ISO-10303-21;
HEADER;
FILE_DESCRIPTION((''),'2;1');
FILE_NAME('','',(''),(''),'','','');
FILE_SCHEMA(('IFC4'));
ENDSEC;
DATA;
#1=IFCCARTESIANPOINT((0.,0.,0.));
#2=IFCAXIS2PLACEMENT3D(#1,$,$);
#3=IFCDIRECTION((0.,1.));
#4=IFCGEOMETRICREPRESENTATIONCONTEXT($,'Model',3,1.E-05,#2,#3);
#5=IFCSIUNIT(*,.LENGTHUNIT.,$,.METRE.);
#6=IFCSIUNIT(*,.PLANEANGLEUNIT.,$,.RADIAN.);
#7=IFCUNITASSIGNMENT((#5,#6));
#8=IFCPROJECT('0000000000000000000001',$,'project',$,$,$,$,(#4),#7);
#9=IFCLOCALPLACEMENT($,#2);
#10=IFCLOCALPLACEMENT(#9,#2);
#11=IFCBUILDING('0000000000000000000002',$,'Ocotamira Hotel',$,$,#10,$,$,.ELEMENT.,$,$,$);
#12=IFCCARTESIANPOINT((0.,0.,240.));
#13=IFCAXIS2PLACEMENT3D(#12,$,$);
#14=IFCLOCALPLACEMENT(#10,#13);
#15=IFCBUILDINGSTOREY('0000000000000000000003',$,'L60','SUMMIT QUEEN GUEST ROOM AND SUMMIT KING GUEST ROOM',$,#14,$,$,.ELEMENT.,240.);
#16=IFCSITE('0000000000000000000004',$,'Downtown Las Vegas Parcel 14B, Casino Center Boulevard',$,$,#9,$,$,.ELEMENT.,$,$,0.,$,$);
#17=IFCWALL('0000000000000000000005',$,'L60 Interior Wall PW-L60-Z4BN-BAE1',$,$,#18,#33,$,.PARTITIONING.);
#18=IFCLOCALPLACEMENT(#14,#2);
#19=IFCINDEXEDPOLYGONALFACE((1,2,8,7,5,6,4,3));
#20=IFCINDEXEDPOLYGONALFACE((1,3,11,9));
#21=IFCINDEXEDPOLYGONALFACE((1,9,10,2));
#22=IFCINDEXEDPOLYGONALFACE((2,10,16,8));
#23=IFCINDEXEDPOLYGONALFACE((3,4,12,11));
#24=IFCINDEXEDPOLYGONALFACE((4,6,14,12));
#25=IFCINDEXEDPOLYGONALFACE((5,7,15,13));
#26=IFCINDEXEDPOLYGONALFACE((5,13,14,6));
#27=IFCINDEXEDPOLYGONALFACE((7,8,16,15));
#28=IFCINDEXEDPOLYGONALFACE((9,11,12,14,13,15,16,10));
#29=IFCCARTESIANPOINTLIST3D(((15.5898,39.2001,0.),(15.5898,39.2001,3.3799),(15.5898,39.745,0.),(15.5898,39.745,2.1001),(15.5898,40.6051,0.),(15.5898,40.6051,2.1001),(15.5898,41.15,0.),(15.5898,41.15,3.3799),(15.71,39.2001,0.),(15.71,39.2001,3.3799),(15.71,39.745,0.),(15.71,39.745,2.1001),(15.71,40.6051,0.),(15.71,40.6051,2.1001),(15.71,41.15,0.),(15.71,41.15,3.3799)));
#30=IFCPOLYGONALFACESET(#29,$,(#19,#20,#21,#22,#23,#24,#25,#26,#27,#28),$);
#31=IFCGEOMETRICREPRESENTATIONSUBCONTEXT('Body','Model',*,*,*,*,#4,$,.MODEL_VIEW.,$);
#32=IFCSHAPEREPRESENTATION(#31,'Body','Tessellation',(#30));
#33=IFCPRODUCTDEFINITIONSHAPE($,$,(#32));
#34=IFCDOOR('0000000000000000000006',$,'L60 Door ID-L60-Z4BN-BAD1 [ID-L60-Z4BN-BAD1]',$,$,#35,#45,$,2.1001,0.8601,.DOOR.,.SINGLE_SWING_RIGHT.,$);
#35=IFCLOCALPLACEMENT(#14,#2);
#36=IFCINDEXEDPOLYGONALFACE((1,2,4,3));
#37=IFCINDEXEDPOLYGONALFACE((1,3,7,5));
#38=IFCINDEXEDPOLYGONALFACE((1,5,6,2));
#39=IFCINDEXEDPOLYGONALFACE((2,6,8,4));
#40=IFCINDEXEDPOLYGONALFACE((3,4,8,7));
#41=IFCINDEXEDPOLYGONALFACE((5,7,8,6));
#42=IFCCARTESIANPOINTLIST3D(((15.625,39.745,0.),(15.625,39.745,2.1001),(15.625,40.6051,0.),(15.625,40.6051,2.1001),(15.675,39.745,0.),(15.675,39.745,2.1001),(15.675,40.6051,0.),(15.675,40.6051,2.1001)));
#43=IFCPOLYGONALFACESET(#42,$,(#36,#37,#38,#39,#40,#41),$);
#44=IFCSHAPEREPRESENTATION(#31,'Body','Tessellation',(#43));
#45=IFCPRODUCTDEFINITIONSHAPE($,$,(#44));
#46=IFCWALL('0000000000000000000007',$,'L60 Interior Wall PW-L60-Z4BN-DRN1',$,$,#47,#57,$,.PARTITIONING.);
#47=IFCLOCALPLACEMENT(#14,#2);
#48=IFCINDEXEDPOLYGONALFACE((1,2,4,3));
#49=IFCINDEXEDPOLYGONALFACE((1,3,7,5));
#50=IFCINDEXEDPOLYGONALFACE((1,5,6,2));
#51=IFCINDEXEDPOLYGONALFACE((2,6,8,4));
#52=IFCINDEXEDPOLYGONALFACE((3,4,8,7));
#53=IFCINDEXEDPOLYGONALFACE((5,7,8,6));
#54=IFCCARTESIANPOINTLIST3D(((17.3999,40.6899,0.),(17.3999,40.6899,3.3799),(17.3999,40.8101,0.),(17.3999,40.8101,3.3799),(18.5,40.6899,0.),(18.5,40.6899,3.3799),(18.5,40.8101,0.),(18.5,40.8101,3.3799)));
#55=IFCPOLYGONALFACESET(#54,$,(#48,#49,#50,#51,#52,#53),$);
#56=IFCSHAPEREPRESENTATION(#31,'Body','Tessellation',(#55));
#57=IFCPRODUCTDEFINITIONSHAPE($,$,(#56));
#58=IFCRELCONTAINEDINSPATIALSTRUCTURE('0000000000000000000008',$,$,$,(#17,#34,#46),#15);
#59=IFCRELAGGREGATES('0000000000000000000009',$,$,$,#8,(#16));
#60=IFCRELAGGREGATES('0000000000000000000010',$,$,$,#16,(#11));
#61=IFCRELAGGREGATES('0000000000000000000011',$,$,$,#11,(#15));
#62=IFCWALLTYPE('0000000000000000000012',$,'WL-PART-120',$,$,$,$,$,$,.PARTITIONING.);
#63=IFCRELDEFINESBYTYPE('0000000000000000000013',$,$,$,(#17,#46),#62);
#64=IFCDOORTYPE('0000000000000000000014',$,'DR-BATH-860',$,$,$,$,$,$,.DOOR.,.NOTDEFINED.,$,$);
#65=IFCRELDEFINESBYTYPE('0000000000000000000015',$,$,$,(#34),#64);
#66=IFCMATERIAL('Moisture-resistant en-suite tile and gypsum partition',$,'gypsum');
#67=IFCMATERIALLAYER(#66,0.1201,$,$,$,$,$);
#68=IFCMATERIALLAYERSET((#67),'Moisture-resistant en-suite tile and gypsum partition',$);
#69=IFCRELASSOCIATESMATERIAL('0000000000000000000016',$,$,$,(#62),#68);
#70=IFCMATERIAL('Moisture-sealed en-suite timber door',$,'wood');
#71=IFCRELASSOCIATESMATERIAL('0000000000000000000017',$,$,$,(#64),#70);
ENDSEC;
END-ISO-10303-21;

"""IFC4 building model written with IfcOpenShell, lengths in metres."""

from ifc_helpers import new_model, si_unit, direction, frame, frame_2d, origin, place, context, subcontext, project, spatial, rectangle, extrude, source, transform, mapped, material, layer, layer_set, type_object, element, fill, save


model = new_model("IFC4")

# Units and contexts
model_context = context("Model", 3, precision=1e-05, world=origin(), true_north=direction((0.0, 1.0)))
body_context = subcontext(model_context, "Body", "Model", "MODEL_VIEW")
ifc_project = project(units=[si_unit("LENGTHUNIT", "METRE"), si_unit("PLANEANGLEUNIT", "RADIAN")], contexts=[model_context])

# Site, building, storey
site_placement = place(None, origin())
site = spatial("IfcSite", under=ifc_project, at=site_placement, Name="Downtown Las Vegas Parcel 14B, Casino Center Boulevard", CompositionType="ELEMENT", RefElevation=0.0)
building_placement = place(site_placement, origin())
building = spatial("IfcBuilding", under=site, at=building_placement, Name="Ocotamira Hotel", CompositionType="ELEMENT")
storey_placement = place(building_placement, frame((0.0, 0.0, 240.0)))
storey = spatial("IfcBuildingStorey", under=building, at=storey_placement, Name="L60", Description="SUMMIT QUEEN GUEST ROOM AND SUMMIT KING GUEST ROOM", CompositionType="ELEMENT", Elevation=240.0)

# Wall, opening, door
ifc_material_1 = material(Name="Moisture-resistant en-suite tile and gypsum partition", Category="gypsum")
ifc_layer_1 = layer(ifc_material_1, 0.1201)
ifc_layer_set_1 = layer_set([ifc_layer_1], Name="Moisture-resistant en-suite tile and gypsum partition")
wall_type_1 = type_object("IfcWallType", Name="WL-PART-120", PredefinedType="PARTITIONING", material=ifc_layer_set_1)
wall_1_placement = place(storey_placement, frame((15.6499, 39.2, 0.0), z_axis=(0.0, 0.0, 1.0), x_axis=(0.0, 1.0, 0.0)))
wall_1 = element("IfcWall", 1, at=wall_1_placement, inside=storey, type_object=wall_type_1, Name="L60 Interior Wall PW-L60-Z4BN-BAE1", PredefinedType="PARTITIONING", context=body_context, shape_type="SweptSolid", body=[
    extrude(rectangle(XDim=1.95, YDim=0.1201, at=frame_2d((0.9751, 0.0))), origin(), (0.0, 0.0, 1.0), 3.3799),
])
opening_placement = place(wall_1_placement, frame((0.5449, 0.0, 0.0)))
opening = element("IfcOpeningElement", 2, at=opening_placement, cuts=wall_1, PredefinedType="OPENING", context=body_context, shape_type="SweptSolid", body=[
    extrude(rectangle(XDim=0.8601, YDim=2.1001, at=frame_2d((0.4302, 1.05))), frame((0.0, 0.0701, 0.0), z_axis=(0.0, -1.0, 0.0), x_axis=(1.0, 0.0, 0.0)), (0.0, 0.0, 1.0), 0.1401),
])
ifc_material_2 = material(Name="Moisture-sealed en-suite timber door", Category="wood")
door_type = type_object("IfcDoorType", Name="DR-BATH-860", OperationType="NOTDEFINED", PredefinedType="DOOR", material=ifc_material_2)
shared_shape_1 = source(origin(), body_context, "Body", "SweptSolid", [
    extrude(rectangle(XDim=0.8601, YDim=2.1001, at=frame_2d((0.4302, 1.05))), frame((0.0, 0.0249, 0.0), z_axis=(0.0, -1.0, 0.0), x_axis=(1.0, 0.0, 0.0)), (0.0, 0.0, 1.0), 0.05),
])
door_placement = place(opening_placement, origin())
door = element("IfcDoor", 3, at=door_placement, inside=storey, type_object=door_type, Name="L60 Door ID-L60-Z4BN-BAD1 [ID-L60-Z4BN-BAD1]", OperationType="SINGLE_SWING_RIGHT", OverallHeight=2.1001, OverallWidth=0.8601, PredefinedType="DOOR", context=body_context, shape_type="MappedRepresentation", body=[
    mapped(shared_shape_1, transform((0.0, 0.0, 0.0), scale=1.0)),
])
fill(opening, door)

# Wall
wall_2_placement = place(storey_placement, frame((17.3999, 40.75, 0.0), z_axis=(0.0, 0.0, 1.0), x_axis=(1.0, 0.0, 0.0)))
element("IfcWall", 4, at=wall_2_placement, inside=storey, type_object=wall_type_1, Name="L60 Interior Wall PW-L60-Z4BN-DRN1", PredefinedType="PARTITIONING", context=body_context, shape_type="SweptSolid", body=[
    extrude(rectangle(XDim=1.1001, YDim=0.1201, at=frame_2d((0.55, 0.0))), origin(), (0.0, 0.0, 1.0), 3.3799),
])

save(model, "model.ifc")
